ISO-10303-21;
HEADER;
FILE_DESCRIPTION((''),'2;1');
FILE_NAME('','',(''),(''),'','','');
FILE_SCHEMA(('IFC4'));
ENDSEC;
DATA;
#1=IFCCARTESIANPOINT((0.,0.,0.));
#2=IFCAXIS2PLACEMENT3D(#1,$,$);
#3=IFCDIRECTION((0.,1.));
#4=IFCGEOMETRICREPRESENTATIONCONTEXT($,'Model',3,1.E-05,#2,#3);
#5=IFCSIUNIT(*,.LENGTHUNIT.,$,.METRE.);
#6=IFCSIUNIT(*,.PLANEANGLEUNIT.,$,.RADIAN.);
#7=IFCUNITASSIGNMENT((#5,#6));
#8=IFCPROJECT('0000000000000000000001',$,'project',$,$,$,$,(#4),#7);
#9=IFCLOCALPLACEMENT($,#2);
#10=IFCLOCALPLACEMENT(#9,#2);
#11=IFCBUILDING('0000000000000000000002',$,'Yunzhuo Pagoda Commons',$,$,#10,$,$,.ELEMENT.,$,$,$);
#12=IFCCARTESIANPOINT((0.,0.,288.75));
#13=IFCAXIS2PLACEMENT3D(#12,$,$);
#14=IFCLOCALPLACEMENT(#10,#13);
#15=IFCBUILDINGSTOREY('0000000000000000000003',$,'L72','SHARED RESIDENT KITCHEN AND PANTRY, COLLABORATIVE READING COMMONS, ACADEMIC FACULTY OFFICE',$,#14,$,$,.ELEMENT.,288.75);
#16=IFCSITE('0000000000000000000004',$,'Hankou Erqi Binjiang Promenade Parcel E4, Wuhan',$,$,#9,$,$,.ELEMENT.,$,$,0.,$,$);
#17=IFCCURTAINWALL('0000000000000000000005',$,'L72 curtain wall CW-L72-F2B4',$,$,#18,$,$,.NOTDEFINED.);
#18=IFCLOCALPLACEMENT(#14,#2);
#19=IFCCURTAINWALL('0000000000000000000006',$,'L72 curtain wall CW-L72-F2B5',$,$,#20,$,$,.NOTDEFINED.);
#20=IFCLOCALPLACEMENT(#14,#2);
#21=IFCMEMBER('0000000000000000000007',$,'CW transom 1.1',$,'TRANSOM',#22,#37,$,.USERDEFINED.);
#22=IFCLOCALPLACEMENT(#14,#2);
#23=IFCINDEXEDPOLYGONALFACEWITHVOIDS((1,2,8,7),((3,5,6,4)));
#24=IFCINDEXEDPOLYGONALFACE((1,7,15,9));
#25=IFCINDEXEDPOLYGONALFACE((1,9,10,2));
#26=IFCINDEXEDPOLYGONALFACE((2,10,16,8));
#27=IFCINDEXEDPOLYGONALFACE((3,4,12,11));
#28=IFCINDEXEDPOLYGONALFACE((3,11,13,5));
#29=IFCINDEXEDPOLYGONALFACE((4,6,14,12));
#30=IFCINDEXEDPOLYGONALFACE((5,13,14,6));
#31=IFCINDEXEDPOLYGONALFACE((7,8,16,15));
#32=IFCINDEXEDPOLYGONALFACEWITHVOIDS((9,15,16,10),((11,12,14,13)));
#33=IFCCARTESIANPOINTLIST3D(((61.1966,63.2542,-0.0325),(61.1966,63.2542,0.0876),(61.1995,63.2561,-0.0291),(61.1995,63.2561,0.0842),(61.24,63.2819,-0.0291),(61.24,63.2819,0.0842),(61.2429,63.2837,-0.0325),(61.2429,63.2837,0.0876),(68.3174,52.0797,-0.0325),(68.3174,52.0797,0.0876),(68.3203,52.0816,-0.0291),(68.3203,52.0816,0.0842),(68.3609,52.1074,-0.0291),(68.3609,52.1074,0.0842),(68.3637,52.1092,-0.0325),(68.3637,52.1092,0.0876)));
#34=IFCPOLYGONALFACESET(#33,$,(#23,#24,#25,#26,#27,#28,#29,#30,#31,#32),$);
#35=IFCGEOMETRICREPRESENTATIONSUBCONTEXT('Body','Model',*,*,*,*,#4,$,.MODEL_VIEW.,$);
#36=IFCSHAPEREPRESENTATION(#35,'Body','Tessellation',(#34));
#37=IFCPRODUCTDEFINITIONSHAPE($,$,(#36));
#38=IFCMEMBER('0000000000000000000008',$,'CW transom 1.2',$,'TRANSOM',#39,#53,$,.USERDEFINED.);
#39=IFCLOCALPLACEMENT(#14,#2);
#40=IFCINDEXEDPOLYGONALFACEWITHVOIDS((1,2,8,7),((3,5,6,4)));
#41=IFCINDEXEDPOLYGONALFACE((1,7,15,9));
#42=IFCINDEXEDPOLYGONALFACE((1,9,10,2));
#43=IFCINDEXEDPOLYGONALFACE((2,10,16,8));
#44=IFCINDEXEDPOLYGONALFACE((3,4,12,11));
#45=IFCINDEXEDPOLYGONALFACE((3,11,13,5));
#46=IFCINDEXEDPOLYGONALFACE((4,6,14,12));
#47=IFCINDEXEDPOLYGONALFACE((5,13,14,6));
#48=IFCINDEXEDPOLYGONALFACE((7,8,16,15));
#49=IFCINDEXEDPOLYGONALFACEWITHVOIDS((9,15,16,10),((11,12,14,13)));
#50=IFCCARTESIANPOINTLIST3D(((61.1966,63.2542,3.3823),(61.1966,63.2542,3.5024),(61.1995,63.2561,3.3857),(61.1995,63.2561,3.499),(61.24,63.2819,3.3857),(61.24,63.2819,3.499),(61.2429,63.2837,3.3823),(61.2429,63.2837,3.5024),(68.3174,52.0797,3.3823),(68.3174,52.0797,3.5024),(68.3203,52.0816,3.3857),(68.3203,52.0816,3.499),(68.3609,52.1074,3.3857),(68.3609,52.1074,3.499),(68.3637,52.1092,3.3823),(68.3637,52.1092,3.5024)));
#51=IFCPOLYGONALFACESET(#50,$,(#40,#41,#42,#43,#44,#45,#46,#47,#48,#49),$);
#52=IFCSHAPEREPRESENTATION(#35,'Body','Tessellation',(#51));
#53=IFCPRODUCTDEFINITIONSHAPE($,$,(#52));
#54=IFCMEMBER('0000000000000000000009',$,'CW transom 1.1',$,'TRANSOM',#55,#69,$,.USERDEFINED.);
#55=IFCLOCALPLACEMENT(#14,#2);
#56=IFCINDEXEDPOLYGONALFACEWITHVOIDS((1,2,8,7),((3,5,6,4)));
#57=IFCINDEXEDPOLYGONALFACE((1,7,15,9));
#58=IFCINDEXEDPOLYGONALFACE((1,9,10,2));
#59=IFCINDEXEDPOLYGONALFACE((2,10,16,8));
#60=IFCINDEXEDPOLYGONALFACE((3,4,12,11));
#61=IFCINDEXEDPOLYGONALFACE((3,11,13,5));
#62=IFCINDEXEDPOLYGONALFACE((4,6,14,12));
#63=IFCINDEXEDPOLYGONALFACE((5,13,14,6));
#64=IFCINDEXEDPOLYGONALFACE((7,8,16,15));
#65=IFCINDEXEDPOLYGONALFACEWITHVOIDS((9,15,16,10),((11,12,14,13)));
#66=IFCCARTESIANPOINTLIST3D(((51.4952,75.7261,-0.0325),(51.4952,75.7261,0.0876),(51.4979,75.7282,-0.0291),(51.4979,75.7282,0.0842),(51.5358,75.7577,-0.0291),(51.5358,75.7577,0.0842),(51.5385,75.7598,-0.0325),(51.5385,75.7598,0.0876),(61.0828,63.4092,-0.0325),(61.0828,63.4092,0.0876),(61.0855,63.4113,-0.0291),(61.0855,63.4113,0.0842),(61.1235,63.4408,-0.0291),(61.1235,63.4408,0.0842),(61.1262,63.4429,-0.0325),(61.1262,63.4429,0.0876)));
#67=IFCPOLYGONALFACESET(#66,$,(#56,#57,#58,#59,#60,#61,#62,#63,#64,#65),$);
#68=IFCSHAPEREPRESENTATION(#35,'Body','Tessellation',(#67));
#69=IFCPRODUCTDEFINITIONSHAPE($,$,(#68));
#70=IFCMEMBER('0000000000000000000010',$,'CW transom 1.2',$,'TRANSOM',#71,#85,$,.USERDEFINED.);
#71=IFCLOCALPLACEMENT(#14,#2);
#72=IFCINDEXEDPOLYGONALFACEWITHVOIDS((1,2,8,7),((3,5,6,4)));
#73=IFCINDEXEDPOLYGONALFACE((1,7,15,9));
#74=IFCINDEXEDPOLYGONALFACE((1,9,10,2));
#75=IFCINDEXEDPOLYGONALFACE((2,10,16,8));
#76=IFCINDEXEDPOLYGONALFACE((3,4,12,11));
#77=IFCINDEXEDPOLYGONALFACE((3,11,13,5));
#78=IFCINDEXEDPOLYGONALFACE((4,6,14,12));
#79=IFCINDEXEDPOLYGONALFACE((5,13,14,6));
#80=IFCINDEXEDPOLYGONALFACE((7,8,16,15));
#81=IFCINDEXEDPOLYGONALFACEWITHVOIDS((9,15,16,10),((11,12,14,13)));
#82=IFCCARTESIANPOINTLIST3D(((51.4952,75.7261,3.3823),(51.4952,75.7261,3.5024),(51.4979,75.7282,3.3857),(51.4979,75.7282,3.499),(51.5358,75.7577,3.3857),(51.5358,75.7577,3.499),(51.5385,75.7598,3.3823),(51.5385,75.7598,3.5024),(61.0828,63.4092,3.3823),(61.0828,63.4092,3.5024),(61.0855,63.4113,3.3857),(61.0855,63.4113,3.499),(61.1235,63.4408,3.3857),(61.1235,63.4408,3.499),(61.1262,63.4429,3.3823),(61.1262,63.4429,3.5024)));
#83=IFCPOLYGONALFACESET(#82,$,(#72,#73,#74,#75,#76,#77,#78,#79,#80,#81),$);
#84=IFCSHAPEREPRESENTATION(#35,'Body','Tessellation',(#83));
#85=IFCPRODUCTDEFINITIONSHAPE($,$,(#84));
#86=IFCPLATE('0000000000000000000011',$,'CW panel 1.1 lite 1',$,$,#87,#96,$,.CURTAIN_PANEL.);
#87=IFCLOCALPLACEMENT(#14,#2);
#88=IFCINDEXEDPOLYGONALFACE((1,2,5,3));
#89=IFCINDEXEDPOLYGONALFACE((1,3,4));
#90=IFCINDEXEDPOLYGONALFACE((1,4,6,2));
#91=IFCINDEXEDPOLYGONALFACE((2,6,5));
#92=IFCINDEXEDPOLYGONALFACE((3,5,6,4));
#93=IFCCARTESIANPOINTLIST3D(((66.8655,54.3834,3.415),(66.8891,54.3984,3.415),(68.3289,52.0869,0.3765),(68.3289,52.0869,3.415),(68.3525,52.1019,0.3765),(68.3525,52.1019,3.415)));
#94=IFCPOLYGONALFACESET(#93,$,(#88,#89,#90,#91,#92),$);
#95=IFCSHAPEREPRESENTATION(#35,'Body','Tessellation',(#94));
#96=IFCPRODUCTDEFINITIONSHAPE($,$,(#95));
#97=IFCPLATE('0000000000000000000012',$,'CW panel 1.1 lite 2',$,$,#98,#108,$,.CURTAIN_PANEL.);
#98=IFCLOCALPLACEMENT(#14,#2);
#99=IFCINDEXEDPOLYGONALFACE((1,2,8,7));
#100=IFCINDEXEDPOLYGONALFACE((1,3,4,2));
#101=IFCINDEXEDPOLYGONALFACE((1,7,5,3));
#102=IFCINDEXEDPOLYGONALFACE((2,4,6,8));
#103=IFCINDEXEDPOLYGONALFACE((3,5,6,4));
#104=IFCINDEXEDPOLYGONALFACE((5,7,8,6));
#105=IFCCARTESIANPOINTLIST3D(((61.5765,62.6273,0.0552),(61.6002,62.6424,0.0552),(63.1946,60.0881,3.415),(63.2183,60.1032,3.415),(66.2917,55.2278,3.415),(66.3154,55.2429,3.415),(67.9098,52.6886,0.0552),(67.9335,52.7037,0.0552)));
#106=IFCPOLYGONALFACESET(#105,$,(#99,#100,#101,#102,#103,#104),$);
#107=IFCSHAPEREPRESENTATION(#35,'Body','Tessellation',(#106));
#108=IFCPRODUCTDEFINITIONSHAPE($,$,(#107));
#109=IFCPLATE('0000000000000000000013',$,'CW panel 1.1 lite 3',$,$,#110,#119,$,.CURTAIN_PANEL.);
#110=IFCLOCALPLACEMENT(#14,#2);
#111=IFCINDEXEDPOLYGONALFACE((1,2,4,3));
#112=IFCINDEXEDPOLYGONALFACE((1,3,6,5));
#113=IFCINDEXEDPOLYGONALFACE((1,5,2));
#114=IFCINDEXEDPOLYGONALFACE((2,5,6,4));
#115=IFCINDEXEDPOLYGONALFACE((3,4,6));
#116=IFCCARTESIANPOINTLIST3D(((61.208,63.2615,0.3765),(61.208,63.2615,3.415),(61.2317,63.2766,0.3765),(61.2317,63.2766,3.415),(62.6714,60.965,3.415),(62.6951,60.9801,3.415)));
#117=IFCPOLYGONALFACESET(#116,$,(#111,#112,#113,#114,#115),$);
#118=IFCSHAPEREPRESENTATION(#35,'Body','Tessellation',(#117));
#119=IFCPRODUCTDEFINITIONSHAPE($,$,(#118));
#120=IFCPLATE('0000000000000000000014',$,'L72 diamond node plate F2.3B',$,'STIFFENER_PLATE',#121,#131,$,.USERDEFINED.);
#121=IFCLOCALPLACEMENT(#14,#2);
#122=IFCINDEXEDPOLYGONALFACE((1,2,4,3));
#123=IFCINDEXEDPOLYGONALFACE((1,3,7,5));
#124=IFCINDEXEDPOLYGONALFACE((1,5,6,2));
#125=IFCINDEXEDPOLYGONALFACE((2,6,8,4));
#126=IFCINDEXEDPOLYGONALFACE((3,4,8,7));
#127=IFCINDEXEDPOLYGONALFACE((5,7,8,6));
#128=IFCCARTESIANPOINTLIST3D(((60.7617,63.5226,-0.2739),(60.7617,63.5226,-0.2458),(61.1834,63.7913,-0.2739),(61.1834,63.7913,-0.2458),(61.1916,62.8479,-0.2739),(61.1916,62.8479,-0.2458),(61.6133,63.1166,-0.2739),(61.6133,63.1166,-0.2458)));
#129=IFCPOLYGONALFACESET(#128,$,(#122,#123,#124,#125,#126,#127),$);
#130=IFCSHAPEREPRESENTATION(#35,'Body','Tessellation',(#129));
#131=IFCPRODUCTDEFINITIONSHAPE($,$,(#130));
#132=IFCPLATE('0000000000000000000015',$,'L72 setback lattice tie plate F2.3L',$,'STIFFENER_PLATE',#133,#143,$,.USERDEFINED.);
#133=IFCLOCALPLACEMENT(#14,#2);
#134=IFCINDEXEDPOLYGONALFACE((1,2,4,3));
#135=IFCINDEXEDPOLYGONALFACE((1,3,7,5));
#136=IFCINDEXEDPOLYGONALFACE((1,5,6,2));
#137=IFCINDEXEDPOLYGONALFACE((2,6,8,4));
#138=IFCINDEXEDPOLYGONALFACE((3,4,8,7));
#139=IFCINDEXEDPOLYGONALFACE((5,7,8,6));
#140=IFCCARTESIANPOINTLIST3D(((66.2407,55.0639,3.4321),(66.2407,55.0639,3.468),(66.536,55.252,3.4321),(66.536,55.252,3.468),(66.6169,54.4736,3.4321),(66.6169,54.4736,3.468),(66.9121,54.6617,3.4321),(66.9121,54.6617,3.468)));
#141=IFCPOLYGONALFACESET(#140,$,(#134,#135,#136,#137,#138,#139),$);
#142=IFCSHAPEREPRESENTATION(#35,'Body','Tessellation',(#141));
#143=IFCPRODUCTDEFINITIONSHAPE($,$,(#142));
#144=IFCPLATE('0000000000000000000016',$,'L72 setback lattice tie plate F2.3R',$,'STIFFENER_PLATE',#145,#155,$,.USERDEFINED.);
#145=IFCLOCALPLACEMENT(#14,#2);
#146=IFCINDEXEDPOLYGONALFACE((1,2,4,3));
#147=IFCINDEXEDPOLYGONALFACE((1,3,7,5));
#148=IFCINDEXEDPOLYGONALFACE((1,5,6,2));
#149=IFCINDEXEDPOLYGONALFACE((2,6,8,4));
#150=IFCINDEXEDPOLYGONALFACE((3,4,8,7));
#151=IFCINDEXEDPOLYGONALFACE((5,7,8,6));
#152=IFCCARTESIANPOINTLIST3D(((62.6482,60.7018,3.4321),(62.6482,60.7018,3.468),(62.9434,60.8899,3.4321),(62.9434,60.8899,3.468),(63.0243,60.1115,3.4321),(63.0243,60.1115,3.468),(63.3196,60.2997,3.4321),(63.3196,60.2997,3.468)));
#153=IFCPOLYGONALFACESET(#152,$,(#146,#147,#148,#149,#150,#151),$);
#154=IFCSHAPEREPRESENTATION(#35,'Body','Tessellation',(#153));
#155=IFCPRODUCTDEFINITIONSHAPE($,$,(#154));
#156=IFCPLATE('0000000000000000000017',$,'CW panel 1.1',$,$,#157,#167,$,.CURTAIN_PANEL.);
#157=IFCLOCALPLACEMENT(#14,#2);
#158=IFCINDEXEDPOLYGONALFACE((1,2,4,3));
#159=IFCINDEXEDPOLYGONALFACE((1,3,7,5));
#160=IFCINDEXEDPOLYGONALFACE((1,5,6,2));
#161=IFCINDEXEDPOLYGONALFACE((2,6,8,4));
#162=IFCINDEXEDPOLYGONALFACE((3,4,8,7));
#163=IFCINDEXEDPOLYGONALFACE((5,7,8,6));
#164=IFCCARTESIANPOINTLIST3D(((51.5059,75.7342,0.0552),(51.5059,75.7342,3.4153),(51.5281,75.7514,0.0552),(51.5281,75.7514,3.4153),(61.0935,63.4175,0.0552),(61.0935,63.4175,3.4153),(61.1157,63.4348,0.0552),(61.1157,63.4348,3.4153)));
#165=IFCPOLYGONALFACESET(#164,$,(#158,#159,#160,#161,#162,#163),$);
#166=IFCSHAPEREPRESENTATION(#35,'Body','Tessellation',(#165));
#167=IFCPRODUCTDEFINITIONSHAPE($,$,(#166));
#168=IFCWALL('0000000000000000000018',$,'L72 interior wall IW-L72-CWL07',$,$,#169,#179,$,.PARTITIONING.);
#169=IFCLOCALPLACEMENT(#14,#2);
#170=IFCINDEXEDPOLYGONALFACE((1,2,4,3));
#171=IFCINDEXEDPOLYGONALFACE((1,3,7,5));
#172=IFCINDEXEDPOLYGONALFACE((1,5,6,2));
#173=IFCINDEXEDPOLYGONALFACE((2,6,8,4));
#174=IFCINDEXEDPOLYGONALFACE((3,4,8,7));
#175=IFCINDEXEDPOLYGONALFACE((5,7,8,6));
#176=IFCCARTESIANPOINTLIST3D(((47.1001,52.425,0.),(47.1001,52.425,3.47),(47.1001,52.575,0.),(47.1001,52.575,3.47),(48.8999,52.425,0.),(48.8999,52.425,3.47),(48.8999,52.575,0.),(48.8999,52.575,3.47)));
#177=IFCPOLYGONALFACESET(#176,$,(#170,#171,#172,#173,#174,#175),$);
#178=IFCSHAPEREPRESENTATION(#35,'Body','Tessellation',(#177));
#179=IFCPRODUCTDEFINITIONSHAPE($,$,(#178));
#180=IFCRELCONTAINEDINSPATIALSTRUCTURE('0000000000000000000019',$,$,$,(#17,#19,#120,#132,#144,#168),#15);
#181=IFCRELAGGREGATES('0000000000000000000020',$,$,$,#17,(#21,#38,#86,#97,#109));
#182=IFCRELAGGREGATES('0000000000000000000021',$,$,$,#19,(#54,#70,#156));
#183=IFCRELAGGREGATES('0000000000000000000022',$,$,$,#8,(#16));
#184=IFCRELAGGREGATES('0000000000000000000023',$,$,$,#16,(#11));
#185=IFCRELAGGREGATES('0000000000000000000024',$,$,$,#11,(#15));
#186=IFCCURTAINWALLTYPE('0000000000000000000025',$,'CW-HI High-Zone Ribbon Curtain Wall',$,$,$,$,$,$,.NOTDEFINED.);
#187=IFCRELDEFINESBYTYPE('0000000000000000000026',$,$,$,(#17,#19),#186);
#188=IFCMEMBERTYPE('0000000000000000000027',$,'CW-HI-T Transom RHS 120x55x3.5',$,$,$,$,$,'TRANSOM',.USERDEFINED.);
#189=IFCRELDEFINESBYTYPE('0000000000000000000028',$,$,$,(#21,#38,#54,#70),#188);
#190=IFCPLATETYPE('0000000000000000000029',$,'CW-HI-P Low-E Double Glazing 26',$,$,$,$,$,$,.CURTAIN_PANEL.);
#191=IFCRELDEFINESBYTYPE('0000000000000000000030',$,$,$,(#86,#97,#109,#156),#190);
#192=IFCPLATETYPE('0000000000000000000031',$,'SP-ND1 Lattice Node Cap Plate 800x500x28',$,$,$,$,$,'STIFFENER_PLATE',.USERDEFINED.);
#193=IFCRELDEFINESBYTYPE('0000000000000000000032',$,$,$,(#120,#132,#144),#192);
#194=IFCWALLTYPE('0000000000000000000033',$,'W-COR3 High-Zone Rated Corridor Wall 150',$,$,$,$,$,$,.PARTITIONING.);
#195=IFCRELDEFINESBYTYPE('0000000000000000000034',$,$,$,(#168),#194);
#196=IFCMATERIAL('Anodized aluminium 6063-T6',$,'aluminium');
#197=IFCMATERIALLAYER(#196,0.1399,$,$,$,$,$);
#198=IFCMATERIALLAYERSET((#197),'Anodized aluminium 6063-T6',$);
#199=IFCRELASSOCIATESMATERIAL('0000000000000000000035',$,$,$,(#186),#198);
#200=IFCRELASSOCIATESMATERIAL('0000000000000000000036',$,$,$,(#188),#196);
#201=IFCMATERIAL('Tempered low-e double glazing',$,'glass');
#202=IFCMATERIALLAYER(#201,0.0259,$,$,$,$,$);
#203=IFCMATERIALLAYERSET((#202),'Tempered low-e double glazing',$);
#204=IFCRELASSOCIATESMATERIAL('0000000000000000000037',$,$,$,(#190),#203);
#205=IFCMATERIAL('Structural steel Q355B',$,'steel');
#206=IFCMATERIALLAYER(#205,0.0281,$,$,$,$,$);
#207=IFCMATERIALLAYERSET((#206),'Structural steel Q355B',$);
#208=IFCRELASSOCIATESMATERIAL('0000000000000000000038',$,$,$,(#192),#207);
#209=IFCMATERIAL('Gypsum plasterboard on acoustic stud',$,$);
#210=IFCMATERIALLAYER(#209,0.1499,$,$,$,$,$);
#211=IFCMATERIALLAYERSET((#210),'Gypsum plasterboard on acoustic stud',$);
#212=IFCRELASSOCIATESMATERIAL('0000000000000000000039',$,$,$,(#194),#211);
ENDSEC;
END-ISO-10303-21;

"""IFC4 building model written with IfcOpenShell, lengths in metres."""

from ifc_helpers import new_model, si_unit, direction, frame, frame_2d, origin, origin_2d, place, context, subcontext, project, spatial, polyline, rectangle, hollow_rectangle, outline, extrude, source, transform, mapped, material, layer, layer_set, material_profile, profile_set, type_object, element, aggregate, save


model = new_model("IFC4")

# Units and contexts
model_context = context("Model", 3, precision=1e-05, world=origin(), true_north=direction((0.0, 1.0)))
body_context = subcontext(model_context, "Body", "Model", "MODEL_VIEW")
ifc_project = project(units=[si_unit("LENGTHUNIT", "METRE"), si_unit("PLANEANGLEUNIT", "RADIAN")], contexts=[model_context])

# Site, building, storey
site_placement = place(None, origin())
site = spatial("IfcSite", under=ifc_project, at=site_placement, Name="Hankou Erqi Binjiang Promenade Parcel E4, Wuhan", CompositionType="ELEMENT", RefElevation=0.0)
building_placement = place(site_placement, origin())
building = spatial("IfcBuilding", under=site, at=building_placement, Name="Yunzhuo Pagoda Commons", CompositionType="ELEMENT")
storey_placement = place(building_placement, frame((0.0, 0.0, 288.75)))
storey = spatial("IfcBuildingStorey", under=building, at=storey_placement, Name="L72", Description="SHARED RESIDENT KITCHEN AND PANTRY, COLLABORATIVE READING COMMONS, ACADEMIC FACULTY OFFICE", CompositionType="ELEMENT", Elevation=288.75)

# Shared definitions
ifc_material_1 = material(Name="Structural steel Q355B", Category="steel")

# Curtain wall
ifc_material_2 = material(Name="Anodized aluminium 6063-T6", Category="aluminium")
ifc_layer_1 = layer(ifc_material_2, 0.1399)
ifc_layer_set_1 = layer_set([ifc_layer_1], Name="Anodized aluminium 6063-T6")
curtain_wall_type = type_object("IfcCurtainWallType", Name="CW-HI High-Zone Ribbon Curtain Wall", PredefinedType="NOTDEFINED", material=ifc_layer_set_1)
curtain_wall_1_placement = place(storey_placement, origin())
curtain_wall_1 = element("IfcCurtainWall", 1, at=curtain_wall_1_placement, inside=storey, type_object=curtain_wall_type, Name="L72 curtain wall CW-L72-F2B4", PredefinedType="NOTDEFINED")

# Curtain wall
curtain_wall_2_placement = place(storey_placement, origin())
curtain_wall_2 = element("IfcCurtainWall", 2, at=curtain_wall_2_placement, inside=storey, type_object=curtain_wall_type, Name="L72 curtain wall CW-L72-F2B5", PredefinedType="NOTDEFINED")

# Members
ifc_material_profile_1 = material_profile(ifc_material_2, hollow_rectangle(XDim=0.0549, YDim=0.1201, WallThickness=0.0034, at=origin_2d()), Name="Anodized aluminium 6063-T6")
ifc_profile_set_1 = profile_set([ifc_material_profile_1], Name="Anodized aluminium 6063-T6")
member_type_1 = type_object("IfcMemberType", Name="CW-HI-T Transom RHS 120x55x3.5", ElementType="TRANSOM", PredefinedType="USERDEFINED", material=ifc_profile_set_1)
shared_shape_1 = source(origin(), body_context, "Body", "SweptSolid", [
    extrude(hollow_rectangle(XDim=0.0549, YDim=0.1201, WallThickness=0.0034, at=origin_2d()), origin(), (0.0, 0.0, 1.0), 13.2505),
])
member_1_placement = place(storey_placement, frame((68.3406, 52.0945, 0.0276), z_axis=(-0.5374, 0.843328, 0.0), x_axis=(-0.843328, -0.5374, 0.0)))
member_1 = element("IfcMember", 3, at=member_1_placement, type_object=member_type_1, Name="CW transom 1.1", ObjectType="TRANSOM", PredefinedType="USERDEFINED", context=body_context, shape_type="MappedRepresentation", body=[
    mapped(shared_shape_1, transform((0.0, 0.0, 0.0), scale=1.0)),
])
member_2_placement = place(storey_placement, frame((68.3406, 52.0945, 3.4424), z_axis=(-0.5374, 0.843328, 0.0), x_axis=(-0.843328, -0.5374, 0.0)))
member_2 = element("IfcMember", 4, at=member_2_placement, type_object=member_type_1, Name="CW transom 1.2", ObjectType="TRANSOM", PredefinedType="USERDEFINED", context=body_context, shape_type="MappedRepresentation", body=[
    mapped(shared_shape_1, transform((0.0, 0.0, 0.0), scale=1.0)),
])
shared_shape_2 = source(origin(), body_context, "Body", "SweptSolid", [
    extrude(hollow_rectangle(XDim=0.0549, YDim=0.1201, WallThickness=0.0034, at=origin_2d()), origin(), (0.0, 0.0, 1.0), 15.6086),
])
member_3_placement = place(storey_placement, frame((61.1045, 63.426, 0.0276), z_axis=(-0.614254, 0.789109, 0.0), x_axis=(-0.789109, -0.614254, 0.0)))
member_3 = element("IfcMember", 5, at=member_3_placement, type_object=member_type_1, Name="CW transom 1.1", ObjectType="TRANSOM", PredefinedType="USERDEFINED", context=body_context, shape_type="MappedRepresentation", body=[
    mapped(shared_shape_2, transform((0.0, 0.0, 0.0), scale=1.0)),
])
member_4_placement = place(storey_placement, frame((61.1045, 63.426, 3.4424), z_axis=(-0.614254, 0.789109, 0.0), x_axis=(-0.789109, -0.614254, 0.0)))
member_4 = element("IfcMember", 6, at=member_4_placement, type_object=member_type_1, Name="CW transom 1.2", ObjectType="TRANSOM", PredefinedType="USERDEFINED", context=body_context, shape_type="MappedRepresentation", body=[
    mapped(shared_shape_2, transform((0.0, 0.0, 0.0), scale=1.0)),
])

# Plates
ifc_material_3 = material(Name="Tempered low-e double glazing", Category="glass")
ifc_layer_2 = layer(ifc_material_3, 0.0259)
ifc_layer_set_2 = layer_set([ifc_layer_2], Name="Tempered low-e double glazing")
plate_type_1 = type_object("IfcPlateType", Name="CW-HI-P Low-E Double Glazing 26", PredefinedType="CURTAIN_PANEL", material=ifc_layer_set_2)
plate_1_placement = place(storey_placement, frame((67.5972, 53.2351, 1.8958), z_axis=(0.84333, 0.537397, 0.0), x_axis=(-0.537397, 0.84333, 0.0)))
plate_1 = element("IfcPlate", 7, at=plate_1_placement, type_object=plate_type_1, Name="CW panel 1.1 lite 1", PredefinedType="CURTAIN_PANEL", context=body_context, shape_type="SweptSolid", body=[
    extrude(outline(polyline([(-1.3616, -1.5193), (1.3616, 1.5193), (-1.3616, 1.5193), (-1.3616, -1.5193)])), origin(), (0.0, 0.0, 1.0), 0.0281),
])
plate_2_placement = place(storey_placement, frame((64.7432, 57.658, 1.7351), z_axis=(0.84333, 0.537397, 0.0), x_axis=(-0.537397, 0.84333, 0.0)))
plate_2 = element("IfcPlate", 8, at=plate_2_placement, type_object=plate_type_1, Name="CW panel 1.1 lite 2", PredefinedType="CURTAIN_PANEL", context=body_context, shape_type="SweptSolid", body=[
    extrude(outline(polyline([(-5.8926, -1.6799), (5.8926, -1.6799), (2.8816, 1.6799), (-2.8816, 1.6799), (-5.8926, -1.6799)])), origin(), (0.0, 0.0, 1.0), 0.0281),
])
plate_3_placement = place(storey_placement, frame((61.9397, 62.1133, 1.8958), z_axis=(0.84333, 0.537397, 0.0), x_axis=(-0.537397, 0.84333, 0.0)))
plate_3 = element("IfcPlate", 9, at=plate_3_placement, type_object=plate_type_1, Name="CW panel 1.1 lite 3", PredefinedType="CURTAIN_PANEL", context=body_context, shape_type="SweptSolid", body=[
    extrude(outline(polyline([(-1.3616, 1.5193), (1.3616, -1.5193), (1.3616, 1.5193), (-1.3616, 1.5193)])), origin(), (0.0, 0.0, 1.0), 0.0281),
])
aggregate(curtain_wall_1, [member_1, member_2, plate_1, plate_2, plate_3])

# Plates
ifc_layer_3 = layer(ifc_material_1, 0.0281)
ifc_layer_set_3 = layer_set([ifc_layer_3], Name="Structural steel Q355B")
plate_type_2 = type_object("IfcPlateType", Name="SP-ND1 Lattice Node Cap Plate 800x500x28", ElementType="STIFFENER_PLATE", PredefinedType="USERDEFINED", material=ifc_layer_set_3)
shared_shape_3 = source(origin(), body_context, "Body", "SweptSolid", [
    extrude(rectangle(XDim=0.8, YDim=0.5, at=origin_2d()), origin(), (0.0, 0.0, 1.0), 0.0281),
])
plate_4_placement = place(storey_placement, frame((61.1875, 63.3196, -0.2739), z_axis=(0.0, 0.0, 1.0), x_axis=(-0.537403, 0.843326, 0.0)))
element("IfcPlate", 10, at=plate_4_placement, inside=storey, type_object=plate_type_2, Name="L72 diamond node plate F2.3B", ObjectType="STIFFENER_PLATE", PredefinedType="USERDEFINED", context=body_context, shape_type="MappedRepresentation", body=[
    mapped(shared_shape_3, transform((0.0, 0.0, 0.0), scale=1.0)),
])
shared_shape_4 = source(origin(), body_context, "Body", "SweptSolid", [
    extrude(rectangle(XDim=0.7, YDim=0.3501, at=origin_2d()), origin(), (0.0, 0.0, 1.0), 0.0359),
])
for number, where, z_axis, x_axis, name in (
    (11, (66.5764, 54.8628, 3.4321), (0.0, 0.0, 1.0), (-0.537403, 0.843326, 0.0), "L72 setback lattice tie plate F2.3L"),
    (12, (62.9839, 60.5007, 3.4321), (0.0, 0.0, 1.0), (-0.537403, 0.843326, 0.0), "L72 setback lattice tie plate F2.3R"),
):
    element("IfcPlate", number, at=place(storey_placement, frame(where, z_axis=z_axis, x_axis=x_axis)), inside=storey, type_object=plate_type_2, Name=name, ObjectType="STIFFENER_PLATE", PredefinedType="USERDEFINED", context=body_context, shape_type="MappedRepresentation", body=[
        mapped(shared_shape_4, transform((0.0, 0.0, 0.0), scale=1.0)),
    ])

# Plate
shared_shape_5 = source(origin(), body_context, "Body", "SweptSolid", [
    extrude(rectangle(XDim=15.6084, YDim=0.0281, at=origin_2d()), origin(), (0.0, 0.0, 1.0), 3.3601),
])
plate_5_placement = place(storey_placement, frame((56.3108, 69.5845, 0.0552), z_axis=(0.0, 0.0, 1.0), x_axis=(-0.614261, 0.789103, 0.0)))
plate_5 = element("IfcPlate", 13, at=plate_5_placement, type_object=plate_type_1, Name="CW panel 1.1", PredefinedType="CURTAIN_PANEL", context=body_context, shape_type="MappedRepresentation", body=[
    mapped(shared_shape_5, transform((0.0, 0.0, 0.0), scale=1.0)),
])
aggregate(curtain_wall_2, [member_3, member_4, plate_5])

# Wall
ifc_material_4 = material(Name="Gypsum plasterboard on acoustic stud")
ifc_layer_4 = layer(ifc_material_4, 0.1499)
ifc_layer_set_4 = layer_set([ifc_layer_4], Name="Gypsum plasterboard on acoustic stud")
wall_type_1 = type_object("IfcWallType", Name="W-COR3 High-Zone Rated Corridor Wall 150", PredefinedType="PARTITIONING", material=ifc_layer_set_4)
wall_1_placement = place(storey_placement, frame((47.1001, 52.5, 0.0), z_axis=(0.0, 0.0, 1.0), x_axis=(1.0, 0.0, 0.0)))
element("IfcWall", 14, at=wall_1_placement, inside=storey, type_object=wall_type_1, Name="L72 interior wall IW-L72-CWL07", PredefinedType="PARTITIONING", context=body_context, shape_type="SweptSolid", body=[
    extrude(rectangle(XDim=1.7998, YDim=0.1499, at=frame_2d((0.8999, 0.0))), origin(), (0.0, 0.0, 1.0), 3.47),
])

save(model, "model.ifc")
